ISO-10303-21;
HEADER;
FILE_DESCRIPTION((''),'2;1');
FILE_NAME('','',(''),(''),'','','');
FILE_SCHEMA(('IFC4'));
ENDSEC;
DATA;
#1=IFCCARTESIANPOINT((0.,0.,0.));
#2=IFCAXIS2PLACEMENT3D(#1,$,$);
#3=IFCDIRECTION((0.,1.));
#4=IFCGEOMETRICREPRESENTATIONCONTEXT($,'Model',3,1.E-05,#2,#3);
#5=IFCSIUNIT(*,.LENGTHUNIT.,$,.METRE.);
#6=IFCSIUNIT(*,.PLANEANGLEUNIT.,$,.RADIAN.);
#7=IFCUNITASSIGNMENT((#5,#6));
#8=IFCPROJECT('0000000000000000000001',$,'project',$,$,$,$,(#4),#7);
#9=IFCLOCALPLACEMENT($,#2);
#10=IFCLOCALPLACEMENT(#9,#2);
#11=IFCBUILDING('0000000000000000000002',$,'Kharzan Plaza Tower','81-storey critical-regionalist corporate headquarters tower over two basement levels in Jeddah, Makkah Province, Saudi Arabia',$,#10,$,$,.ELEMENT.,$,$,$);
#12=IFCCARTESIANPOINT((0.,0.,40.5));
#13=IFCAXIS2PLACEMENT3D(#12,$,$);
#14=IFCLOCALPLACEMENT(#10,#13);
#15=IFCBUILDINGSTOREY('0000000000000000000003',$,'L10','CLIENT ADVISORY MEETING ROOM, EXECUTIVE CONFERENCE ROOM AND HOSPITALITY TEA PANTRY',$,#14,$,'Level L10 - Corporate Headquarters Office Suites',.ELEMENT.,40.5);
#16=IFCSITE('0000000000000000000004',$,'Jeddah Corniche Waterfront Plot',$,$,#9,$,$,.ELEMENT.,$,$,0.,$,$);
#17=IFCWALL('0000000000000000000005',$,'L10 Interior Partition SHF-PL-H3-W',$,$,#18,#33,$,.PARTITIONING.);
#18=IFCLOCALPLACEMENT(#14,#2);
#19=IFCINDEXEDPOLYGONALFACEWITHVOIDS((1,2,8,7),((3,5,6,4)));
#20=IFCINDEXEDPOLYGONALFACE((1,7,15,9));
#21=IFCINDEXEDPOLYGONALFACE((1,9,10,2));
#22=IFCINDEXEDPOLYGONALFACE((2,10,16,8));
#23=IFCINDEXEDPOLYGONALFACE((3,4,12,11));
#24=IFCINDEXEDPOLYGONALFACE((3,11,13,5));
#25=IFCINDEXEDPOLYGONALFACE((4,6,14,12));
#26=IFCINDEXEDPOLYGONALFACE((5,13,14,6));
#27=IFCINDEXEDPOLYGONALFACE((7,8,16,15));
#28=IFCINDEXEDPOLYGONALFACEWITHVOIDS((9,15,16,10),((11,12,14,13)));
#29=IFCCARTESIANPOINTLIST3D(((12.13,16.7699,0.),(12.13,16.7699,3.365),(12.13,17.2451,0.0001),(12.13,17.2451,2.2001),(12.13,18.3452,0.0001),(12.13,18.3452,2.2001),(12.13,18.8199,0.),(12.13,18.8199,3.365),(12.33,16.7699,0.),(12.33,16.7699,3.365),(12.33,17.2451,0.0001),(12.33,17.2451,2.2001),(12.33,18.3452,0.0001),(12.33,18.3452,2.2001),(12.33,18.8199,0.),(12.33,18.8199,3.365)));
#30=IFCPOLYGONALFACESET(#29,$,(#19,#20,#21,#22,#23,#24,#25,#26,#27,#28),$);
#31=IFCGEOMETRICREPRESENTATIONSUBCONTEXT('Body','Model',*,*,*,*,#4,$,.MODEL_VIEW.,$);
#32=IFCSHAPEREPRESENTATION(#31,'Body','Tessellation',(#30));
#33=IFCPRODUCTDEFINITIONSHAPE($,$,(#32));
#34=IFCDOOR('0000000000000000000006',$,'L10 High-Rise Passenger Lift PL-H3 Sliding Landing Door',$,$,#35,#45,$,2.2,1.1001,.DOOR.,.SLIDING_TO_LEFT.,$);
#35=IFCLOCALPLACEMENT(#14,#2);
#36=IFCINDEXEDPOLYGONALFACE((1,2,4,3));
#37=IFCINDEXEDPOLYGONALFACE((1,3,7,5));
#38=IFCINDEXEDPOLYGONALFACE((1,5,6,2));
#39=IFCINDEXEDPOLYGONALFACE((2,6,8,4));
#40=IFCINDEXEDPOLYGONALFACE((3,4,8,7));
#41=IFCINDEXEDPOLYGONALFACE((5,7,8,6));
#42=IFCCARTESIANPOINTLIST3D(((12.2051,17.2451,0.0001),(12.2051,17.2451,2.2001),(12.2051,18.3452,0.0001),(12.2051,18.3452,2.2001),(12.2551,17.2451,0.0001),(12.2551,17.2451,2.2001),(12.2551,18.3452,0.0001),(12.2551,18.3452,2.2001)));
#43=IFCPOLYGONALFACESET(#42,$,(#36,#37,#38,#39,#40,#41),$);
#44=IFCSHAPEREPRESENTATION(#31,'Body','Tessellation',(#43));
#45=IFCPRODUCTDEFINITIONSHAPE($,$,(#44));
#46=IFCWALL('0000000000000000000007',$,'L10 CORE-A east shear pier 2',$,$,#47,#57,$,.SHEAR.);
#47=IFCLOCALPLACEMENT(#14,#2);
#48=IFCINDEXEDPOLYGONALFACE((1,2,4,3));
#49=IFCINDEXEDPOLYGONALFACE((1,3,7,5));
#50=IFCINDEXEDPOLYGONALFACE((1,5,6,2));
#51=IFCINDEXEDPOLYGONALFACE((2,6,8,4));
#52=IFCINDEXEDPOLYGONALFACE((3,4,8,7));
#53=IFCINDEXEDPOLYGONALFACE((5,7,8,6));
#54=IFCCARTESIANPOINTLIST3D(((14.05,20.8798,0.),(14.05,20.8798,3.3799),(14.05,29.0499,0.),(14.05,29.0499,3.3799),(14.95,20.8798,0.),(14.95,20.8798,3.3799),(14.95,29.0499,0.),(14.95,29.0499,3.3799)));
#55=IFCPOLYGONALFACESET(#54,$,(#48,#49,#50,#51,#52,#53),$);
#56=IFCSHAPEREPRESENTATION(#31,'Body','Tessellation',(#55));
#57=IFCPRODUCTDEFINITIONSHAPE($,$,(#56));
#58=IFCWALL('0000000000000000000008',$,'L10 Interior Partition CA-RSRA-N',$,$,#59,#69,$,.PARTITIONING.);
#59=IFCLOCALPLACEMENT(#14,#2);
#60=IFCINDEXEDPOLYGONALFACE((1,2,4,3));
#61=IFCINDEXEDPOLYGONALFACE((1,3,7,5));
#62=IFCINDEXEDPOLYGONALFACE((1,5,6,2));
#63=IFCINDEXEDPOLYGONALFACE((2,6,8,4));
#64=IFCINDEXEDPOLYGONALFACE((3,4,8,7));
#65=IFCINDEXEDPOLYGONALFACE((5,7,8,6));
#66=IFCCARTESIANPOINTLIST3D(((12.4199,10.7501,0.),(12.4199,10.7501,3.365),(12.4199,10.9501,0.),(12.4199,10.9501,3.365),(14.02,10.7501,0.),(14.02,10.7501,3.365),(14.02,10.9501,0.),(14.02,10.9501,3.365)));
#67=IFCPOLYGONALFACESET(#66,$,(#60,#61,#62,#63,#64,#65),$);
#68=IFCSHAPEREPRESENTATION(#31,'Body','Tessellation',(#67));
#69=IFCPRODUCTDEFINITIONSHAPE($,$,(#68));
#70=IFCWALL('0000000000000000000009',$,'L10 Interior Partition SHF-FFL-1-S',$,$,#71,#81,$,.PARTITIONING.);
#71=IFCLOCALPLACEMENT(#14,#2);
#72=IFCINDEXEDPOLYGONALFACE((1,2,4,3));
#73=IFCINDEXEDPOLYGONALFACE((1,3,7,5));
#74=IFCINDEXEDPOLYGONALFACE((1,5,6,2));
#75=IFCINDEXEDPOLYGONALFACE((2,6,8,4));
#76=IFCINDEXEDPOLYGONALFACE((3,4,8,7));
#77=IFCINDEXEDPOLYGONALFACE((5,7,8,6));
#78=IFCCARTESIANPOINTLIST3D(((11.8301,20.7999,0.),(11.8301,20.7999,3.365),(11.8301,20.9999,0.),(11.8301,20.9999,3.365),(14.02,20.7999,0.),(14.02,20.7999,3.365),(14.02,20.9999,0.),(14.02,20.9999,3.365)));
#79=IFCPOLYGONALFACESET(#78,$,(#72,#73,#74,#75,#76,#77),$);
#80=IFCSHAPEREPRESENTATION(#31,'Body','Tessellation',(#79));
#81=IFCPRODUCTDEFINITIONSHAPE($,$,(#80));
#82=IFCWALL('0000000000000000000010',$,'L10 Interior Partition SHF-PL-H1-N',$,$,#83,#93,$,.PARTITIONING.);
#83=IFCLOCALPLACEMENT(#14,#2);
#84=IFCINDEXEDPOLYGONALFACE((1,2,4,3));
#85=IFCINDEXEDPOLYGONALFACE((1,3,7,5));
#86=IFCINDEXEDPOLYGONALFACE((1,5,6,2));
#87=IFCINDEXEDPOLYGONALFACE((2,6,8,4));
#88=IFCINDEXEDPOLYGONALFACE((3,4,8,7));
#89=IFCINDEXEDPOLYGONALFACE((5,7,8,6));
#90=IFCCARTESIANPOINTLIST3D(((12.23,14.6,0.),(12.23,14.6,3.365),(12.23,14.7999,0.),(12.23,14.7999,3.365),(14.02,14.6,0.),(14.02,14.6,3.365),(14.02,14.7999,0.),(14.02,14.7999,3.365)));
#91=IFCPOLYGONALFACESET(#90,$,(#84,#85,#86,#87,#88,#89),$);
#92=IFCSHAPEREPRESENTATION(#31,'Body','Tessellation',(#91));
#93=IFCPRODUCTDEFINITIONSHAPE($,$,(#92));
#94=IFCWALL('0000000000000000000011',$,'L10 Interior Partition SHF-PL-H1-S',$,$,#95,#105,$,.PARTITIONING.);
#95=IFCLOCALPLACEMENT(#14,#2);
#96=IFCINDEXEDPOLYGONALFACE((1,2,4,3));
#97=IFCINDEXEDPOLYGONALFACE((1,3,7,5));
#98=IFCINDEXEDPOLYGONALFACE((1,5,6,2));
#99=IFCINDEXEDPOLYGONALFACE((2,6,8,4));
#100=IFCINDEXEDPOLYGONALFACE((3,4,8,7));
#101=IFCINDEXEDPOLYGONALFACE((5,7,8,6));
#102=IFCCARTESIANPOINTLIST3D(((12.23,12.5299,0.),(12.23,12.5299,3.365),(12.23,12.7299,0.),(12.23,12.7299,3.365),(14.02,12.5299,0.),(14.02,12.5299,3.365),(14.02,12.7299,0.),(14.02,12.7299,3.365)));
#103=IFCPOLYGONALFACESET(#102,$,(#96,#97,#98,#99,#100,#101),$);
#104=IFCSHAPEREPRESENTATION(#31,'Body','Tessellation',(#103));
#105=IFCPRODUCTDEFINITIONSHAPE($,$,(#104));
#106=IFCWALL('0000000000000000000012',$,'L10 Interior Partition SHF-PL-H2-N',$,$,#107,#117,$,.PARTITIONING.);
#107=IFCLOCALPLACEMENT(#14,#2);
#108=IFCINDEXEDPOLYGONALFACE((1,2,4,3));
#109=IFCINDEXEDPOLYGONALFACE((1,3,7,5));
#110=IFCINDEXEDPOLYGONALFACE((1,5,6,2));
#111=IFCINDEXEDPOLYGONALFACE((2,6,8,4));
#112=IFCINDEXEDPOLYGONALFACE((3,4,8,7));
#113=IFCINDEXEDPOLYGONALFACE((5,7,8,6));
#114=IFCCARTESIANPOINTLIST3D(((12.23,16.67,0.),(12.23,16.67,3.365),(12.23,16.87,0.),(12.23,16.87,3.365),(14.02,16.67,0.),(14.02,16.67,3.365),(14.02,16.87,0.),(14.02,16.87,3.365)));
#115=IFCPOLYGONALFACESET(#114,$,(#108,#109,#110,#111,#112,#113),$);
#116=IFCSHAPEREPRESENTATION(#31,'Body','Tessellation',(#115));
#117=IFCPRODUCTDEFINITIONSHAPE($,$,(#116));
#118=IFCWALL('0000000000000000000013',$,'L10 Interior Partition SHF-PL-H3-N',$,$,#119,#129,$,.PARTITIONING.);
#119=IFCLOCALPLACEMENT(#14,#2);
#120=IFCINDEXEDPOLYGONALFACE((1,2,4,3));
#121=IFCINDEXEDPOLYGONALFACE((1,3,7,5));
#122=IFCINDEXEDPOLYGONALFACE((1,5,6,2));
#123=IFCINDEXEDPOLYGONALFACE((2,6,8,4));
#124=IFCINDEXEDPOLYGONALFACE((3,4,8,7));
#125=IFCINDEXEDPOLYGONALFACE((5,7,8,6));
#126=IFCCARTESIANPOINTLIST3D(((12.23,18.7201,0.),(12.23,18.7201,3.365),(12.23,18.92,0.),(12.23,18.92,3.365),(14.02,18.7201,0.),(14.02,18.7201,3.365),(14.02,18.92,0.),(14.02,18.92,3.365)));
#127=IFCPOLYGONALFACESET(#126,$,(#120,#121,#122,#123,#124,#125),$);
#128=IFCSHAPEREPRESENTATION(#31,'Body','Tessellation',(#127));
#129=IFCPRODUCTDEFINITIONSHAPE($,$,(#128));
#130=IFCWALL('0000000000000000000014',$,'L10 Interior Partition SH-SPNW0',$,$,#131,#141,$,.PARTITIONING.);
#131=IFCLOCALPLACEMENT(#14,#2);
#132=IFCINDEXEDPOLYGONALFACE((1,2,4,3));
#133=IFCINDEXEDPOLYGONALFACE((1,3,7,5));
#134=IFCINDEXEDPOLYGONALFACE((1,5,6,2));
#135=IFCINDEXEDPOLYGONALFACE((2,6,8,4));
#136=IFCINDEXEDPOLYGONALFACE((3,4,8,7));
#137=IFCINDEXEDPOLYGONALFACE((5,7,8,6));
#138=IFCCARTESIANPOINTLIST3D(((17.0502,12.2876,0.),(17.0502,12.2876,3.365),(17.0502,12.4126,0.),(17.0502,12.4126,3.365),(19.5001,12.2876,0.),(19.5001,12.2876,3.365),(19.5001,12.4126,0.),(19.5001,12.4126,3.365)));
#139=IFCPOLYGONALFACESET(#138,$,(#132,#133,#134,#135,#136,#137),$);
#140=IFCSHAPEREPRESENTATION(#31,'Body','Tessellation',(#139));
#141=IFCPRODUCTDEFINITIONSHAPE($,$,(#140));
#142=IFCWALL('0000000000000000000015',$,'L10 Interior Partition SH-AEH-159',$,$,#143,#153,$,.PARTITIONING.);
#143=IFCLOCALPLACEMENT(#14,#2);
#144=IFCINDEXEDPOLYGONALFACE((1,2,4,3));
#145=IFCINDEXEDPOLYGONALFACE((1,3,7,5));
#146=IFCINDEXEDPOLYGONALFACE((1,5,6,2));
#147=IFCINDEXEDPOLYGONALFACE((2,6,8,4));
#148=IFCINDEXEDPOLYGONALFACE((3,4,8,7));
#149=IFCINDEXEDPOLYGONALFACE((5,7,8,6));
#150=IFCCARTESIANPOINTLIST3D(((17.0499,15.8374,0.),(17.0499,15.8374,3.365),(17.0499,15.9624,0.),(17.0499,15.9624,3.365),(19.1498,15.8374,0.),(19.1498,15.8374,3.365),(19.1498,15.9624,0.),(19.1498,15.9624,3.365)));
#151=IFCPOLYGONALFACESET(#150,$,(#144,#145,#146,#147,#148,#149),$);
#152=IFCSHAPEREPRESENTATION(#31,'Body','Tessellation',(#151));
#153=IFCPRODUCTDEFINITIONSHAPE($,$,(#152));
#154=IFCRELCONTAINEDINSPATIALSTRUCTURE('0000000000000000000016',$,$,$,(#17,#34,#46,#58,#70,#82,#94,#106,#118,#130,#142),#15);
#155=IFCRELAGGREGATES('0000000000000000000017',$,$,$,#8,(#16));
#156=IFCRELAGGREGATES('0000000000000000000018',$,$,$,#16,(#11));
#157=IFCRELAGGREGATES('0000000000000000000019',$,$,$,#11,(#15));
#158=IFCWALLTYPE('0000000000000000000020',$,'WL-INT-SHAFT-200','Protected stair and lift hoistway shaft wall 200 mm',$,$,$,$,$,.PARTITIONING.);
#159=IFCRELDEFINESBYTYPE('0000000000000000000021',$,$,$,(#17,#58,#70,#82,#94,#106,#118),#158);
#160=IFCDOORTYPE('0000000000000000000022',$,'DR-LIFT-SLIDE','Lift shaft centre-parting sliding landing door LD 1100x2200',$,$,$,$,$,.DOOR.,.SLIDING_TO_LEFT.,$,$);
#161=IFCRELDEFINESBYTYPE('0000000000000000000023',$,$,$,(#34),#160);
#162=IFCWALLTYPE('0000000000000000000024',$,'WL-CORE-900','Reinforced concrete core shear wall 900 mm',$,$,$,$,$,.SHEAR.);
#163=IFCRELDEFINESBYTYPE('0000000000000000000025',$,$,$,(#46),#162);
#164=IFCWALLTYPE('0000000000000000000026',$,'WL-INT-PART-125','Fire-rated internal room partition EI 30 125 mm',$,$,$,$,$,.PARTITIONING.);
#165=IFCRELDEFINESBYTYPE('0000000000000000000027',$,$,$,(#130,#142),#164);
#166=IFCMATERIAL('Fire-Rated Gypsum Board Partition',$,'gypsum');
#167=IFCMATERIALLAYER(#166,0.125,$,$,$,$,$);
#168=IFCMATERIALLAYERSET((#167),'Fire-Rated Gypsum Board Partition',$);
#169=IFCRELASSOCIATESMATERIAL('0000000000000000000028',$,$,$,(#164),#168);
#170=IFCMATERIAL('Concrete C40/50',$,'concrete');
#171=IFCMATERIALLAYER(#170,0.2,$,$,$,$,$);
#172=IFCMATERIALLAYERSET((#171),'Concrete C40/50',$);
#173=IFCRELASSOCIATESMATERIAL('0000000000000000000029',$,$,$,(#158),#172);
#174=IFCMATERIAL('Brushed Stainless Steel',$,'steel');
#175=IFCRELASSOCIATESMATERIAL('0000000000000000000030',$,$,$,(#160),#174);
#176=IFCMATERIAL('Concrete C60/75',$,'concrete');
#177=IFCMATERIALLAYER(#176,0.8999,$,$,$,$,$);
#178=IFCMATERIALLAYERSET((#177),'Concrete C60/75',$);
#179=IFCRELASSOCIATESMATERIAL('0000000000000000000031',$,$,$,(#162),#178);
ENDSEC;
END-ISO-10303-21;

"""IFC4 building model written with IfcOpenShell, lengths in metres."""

from ifc_helpers import new_model, si_unit, direction, frame, frame_2d, origin, place, context, subcontext, project, spatial, rectangle, extrude, source, transform, mapped, material, layer, layer_set, type_object, element, fill, save


model = new_model("IFC4")

# Units and contexts
model_context = context("Model", 3, precision=1e-05, world=origin(), true_north=direction((0.0, 1.0)))
body_context = subcontext(model_context, "Body", "Model", "MODEL_VIEW")
ifc_project = project(units=[si_unit("LENGTHUNIT", "METRE"), si_unit("PLANEANGLEUNIT", "RADIAN")], contexts=[model_context])

# Site, building, storey
site_placement = place(None, origin())
site = spatial("IfcSite", under=ifc_project, at=site_placement, Name="Jeddah Corniche Waterfront Plot", CompositionType="ELEMENT", RefElevation=0.0)
building_placement = place(site_placement, origin())
building = spatial("IfcBuilding", under=site, at=building_placement, Name="Kharzan Plaza Tower", Description="81-storey critical-regionalist corporate headquarters tower over two basement levels in Jeddah, Makkah Province, Saudi Arabia", CompositionType="ELEMENT")
storey_placement = place(building_placement, frame((0.0, 0.0, 40.5)))
storey = spatial("IfcBuildingStorey", under=building, at=storey_placement, Name="L10", Description="CLIENT ADVISORY MEETING ROOM, EXECUTIVE CONFERENCE ROOM AND HOSPITALITY TEA PANTRY", LongName="Level L10 - Corporate Headquarters Office Suites", CompositionType="ELEMENT", Elevation=40.5)

# Shared definitions
ifc_material_1 = material(Name="Concrete C60/75", Category="concrete")

# Wall, opening, door
ifc_material_2 = material(Name="Fire-Rated Gypsum Board Partition", Category="gypsum")
ifc_layer_1 = layer(ifc_material_2, 0.125)
ifc_layer_set_1 = layer_set([ifc_layer_1], Name="Fire-Rated Gypsum Board Partition")
wall_type_1 = type_object("IfcWallType", Name="WL-INT-PART-125", Description="Fire-rated internal room partition EI 30 125 mm", PredefinedType="PARTITIONING", material=ifc_layer_set_1)
ifc_material_3 = material(Name="Concrete C40/50", Category="concrete")
ifc_layer_2 = layer(ifc_material_3, 0.2)
ifc_layer_set_2 = layer_set([ifc_layer_2], Name="Concrete C40/50")
wall_type_2 = type_object("IfcWallType", Name="WL-INT-SHAFT-200", Description="Protected stair and lift hoistway shaft wall 200 mm", PredefinedType="PARTITIONING", material=ifc_layer_set_2)
ifc_material_4 = material(Name="Brushed Stainless Steel", Category="steel")
door_type_1 = type_object("IfcDoorType", Name="DR-LIFT-SLIDE", Description="Lift shaft centre-parting sliding landing door LD 1100x2200", OperationType="SLIDING_TO_LEFT", PredefinedType="DOOR", material=ifc_material_4)
shared_shape_1 = source(origin(), body_context, "Body", "SweptSolid", [
    extrude(rectangle(XDim=1.1001, YDim=2.2, at=frame_2d((0.55, 1.1001))), frame((0.0, 0.0249, 0.0), z_axis=(0.0, -1.0, 0.0), x_axis=(1.0, 0.0, 0.0)), (0.0, 0.0, 1.0), 0.05),
])
wall_1_placement = place(storey_placement, frame((12.23, 16.77, 0.0), z_axis=(0.0, 0.0, 1.0), x_axis=(0.0, 1.0, 0.0)))
wall_1 = element("IfcWall", 1, at=wall_1_placement, inside=storey, type_object=wall_type_2, Name="L10 Interior Partition SHF-PL-H3-W", PredefinedType="PARTITIONING", context=body_context, shape_type="SweptSolid", body=[
    extrude(rectangle(XDim=2.05, YDim=0.2, at=frame_2d((1.0249, 0.0))), origin(), (0.0, 0.0, 1.0), 3.365),
])
opening_1_placement = place(wall_1_placement, frame((0.4751, 0.0, 0.0)))
opening_1 = element("IfcOpeningElement", 2, at=opening_1_placement, cuts=wall_1, PredefinedType="OPENING", context=body_context, shape_type="SweptSolid", body=[
    extrude(rectangle(XDim=1.1001, YDim=2.2, at=frame_2d((0.55, 1.1001))), frame((0.0, 0.1099, 0.0), z_axis=(0.0, -1.0, 0.0), x_axis=(1.0, 0.0, 0.0)), (0.0, 0.0, 1.0), 0.22),
])
door_1_placement = place(opening_1_placement, origin())
door_1 = element("IfcDoor", 3, at=door_1_placement, inside=storey, type_object=door_type_1, Name="L10 High-Rise Passenger Lift PL-H3 Sliding Landing Door", OperationType="SLIDING_TO_LEFT", OverallHeight=2.2, OverallWidth=1.1001, PredefinedType="DOOR", context=body_context, shape_type="MappedRepresentation", body=[
    mapped(shared_shape_1, transform((0.0, 0.0, 0.0), x_axis=(1.0, 0.0, 0.0), y_axis=(0.0, 1.0, 0.0), z_axis=(0.0, 0.0, 1.0))),
])
fill(opening_1, door_1)

# Walls
ifc_layer_3 = layer(ifc_material_1, 0.8999)
ifc_layer_set_3 = layer_set([ifc_layer_3], Name="Concrete C60/75")
wall_type_3 = type_object("IfcWallType", Name="WL-CORE-900", Description="Reinforced concrete core shear wall 900 mm", PredefinedType="SHEAR", material=ifc_layer_set_3)
shared_shape_2 = source(origin(), body_context, "Body", "SweptSolid", [
    extrude(rectangle(XDim=8.1702, YDim=0.8999, at=frame_2d((4.085, 0.0))), origin(), (0.0, 0.0, 1.0), 3.3799),
])
wall_2_placement = place(storey_placement, frame((14.5, 20.8799, 0.0), z_axis=(0.0, 0.0, 1.0), x_axis=(0.0, 1.0, 0.0)))
element("IfcWall", 4, at=wall_2_placement, inside=storey, type_object=wall_type_3, Name="L10 CORE-A east shear pier 2", PredefinedType="SHEAR", context=body_context, shape_type="MappedRepresentation", body=[
    mapped(shared_shape_2, transform((0.0, 0.0, 0.0), x_axis=(1.0, 0.0, 0.0), y_axis=(0.0, 1.0, 0.0), z_axis=(0.0, 0.0, 1.0))),
])
shared_shape_3 = source(origin(), body_context, "Body", "SweptSolid", [
    extrude(rectangle(XDim=1.6001, YDim=0.2, at=frame_2d((0.8, 0.0))), origin(), (0.0, 0.0, 1.0), 3.365),
])
wall_3_placement = place(storey_placement, frame((12.4199, 10.8501, 0.0), z_axis=(0.0, 0.0, 1.0), x_axis=(1.0, 0.0, 0.0)))
element("IfcWall", 5, at=wall_3_placement, inside=storey, type_object=wall_type_2, Name="L10 Interior Partition CA-RSRA-N", PredefinedType="PARTITIONING", context=body_context, shape_type="MappedRepresentation", body=[
    mapped(shared_shape_3, transform((0.0, 0.0, 0.0), x_axis=(1.0, 0.0, 0.0), y_axis=(0.0, 1.0, 0.0), z_axis=(0.0, 0.0, 1.0))),
])
shared_shape_4 = source(origin(), body_context, "Body", "SweptSolid", [
    extrude(rectangle(XDim=2.1899, YDim=0.2, at=frame_2d((1.095, 0.0))), origin(), (0.0, 0.0, 1.0), 3.365),
])
wall_4_placement = place(storey_placement, frame((11.8301, 20.8999, 0.0), z_axis=(0.0, 0.0, 1.0), x_axis=(1.0, 0.0, 0.0)))
element("IfcWall", 6, at=wall_4_placement, inside=storey, type_object=wall_type_2, Name="L10 Interior Partition SHF-FFL-1-S", PredefinedType="PARTITIONING", context=body_context, shape_type="MappedRepresentation", body=[
    mapped(shared_shape_4, transform((0.0, 0.0, 0.0), x_axis=(1.0, 0.0, 0.0), y_axis=(0.0, 1.0, 0.0), z_axis=(0.0, 0.0, 1.0))),
])
shared_shape_5 = source(origin(), body_context, "Body", "SweptSolid", [
    extrude(rectangle(XDim=1.79, YDim=0.2, at=frame_2d((0.895, 0.0))), origin(), (0.0, 0.0, 1.0), 3.365),
])
for number, where, z_axis, x_axis, name in (
    (7, (12.23, 14.7, 0.0), (0.0, 0.0, 1.0), (1.0, 0.0, 0.0), "L10 Interior Partition SHF-PL-H1-N"),
    (8, (12.23, 12.6299, 0.0), (0.0, 0.0, 1.0), (1.0, 0.0, 0.0), "L10 Interior Partition SHF-PL-H1-S"),
    (9, (12.23, 16.77, 0.0), (0.0, 0.0, 1.0), (1.0, 0.0, 0.0), "L10 Interior Partition SHF-PL-H2-N"),
    (10, (12.23, 18.8201, 0.0), (0.0, 0.0, 1.0), (1.0, 0.0, 0.0), "L10 Interior Partition SHF-PL-H3-N"),
):
    element("IfcWall", number, at=place(storey_placement, frame(where, z_axis=z_axis, x_axis=x_axis)), inside=storey, type_object=wall_type_2, Name=name, PredefinedType="PARTITIONING", context=body_context, shape_type="MappedRepresentation", body=[
        mapped(shared_shape_5, transform((0.0, 0.0, 0.0), x_axis=(1.0, 0.0, 0.0), y_axis=(0.0, 1.0, 0.0), z_axis=(0.0, 0.0, 1.0))),
    ])
shared_shape_6 = source(origin(), body_context, "Body", "SweptSolid", [
    extrude(rectangle(XDim=2.45, YDim=0.125, at=frame_2d((1.2251, 0.0))), origin(), (0.0, 0.0, 1.0), 3.365),
])
wall_5_placement = place(storey_placement, frame((17.05, 12.3501, 0.0), z_axis=(0.0, 0.0, 1.0), x_axis=(1.0, 0.0, 0.0)))
element("IfcWall", 11, at=wall_5_placement, inside=storey, type_object=wall_type_1, Name="L10 Interior Partition SH-SPNW0", PredefinedType="PARTITIONING", context=body_context, shape_type="MappedRepresentation", body=[
    mapped(shared_shape_6, transform((0.0, 0.0, 0.0), x_axis=(1.0, 0.0, 0.0), y_axis=(0.0, 1.0, 0.0), z_axis=(0.0, 0.0, 1.0))),
])
shared_shape_7 = source(origin(), body_context, "Body", "SweptSolid", [
    extrude(rectangle(XDim=2.0999, YDim=0.125, at=frame_2d((1.0498, 0.0))), origin(), (0.0, 0.0, 1.0), 3.365),
])
wall_6_placement = place(storey_placement, frame((17.05, 15.8999, 0.0), z_axis=(0.0, 0.0, 1.0), x_axis=(1.0, 0.0, 0.0)))
element("IfcWall", 12, at=wall_6_placement, inside=storey, type_object=wall_type_1, Name="L10 Interior Partition SH-AEH-159", PredefinedType="PARTITIONING", context=body_context, shape_type="MappedRepresentation", body=[
    mapped(shared_shape_7, transform((0.0, 0.0, 0.0), x_axis=(1.0, 0.0, 0.0), y_axis=(0.0, 1.0, 0.0), z_axis=(0.0, 0.0, 1.0))),
])

save(model, "model.ifc")
